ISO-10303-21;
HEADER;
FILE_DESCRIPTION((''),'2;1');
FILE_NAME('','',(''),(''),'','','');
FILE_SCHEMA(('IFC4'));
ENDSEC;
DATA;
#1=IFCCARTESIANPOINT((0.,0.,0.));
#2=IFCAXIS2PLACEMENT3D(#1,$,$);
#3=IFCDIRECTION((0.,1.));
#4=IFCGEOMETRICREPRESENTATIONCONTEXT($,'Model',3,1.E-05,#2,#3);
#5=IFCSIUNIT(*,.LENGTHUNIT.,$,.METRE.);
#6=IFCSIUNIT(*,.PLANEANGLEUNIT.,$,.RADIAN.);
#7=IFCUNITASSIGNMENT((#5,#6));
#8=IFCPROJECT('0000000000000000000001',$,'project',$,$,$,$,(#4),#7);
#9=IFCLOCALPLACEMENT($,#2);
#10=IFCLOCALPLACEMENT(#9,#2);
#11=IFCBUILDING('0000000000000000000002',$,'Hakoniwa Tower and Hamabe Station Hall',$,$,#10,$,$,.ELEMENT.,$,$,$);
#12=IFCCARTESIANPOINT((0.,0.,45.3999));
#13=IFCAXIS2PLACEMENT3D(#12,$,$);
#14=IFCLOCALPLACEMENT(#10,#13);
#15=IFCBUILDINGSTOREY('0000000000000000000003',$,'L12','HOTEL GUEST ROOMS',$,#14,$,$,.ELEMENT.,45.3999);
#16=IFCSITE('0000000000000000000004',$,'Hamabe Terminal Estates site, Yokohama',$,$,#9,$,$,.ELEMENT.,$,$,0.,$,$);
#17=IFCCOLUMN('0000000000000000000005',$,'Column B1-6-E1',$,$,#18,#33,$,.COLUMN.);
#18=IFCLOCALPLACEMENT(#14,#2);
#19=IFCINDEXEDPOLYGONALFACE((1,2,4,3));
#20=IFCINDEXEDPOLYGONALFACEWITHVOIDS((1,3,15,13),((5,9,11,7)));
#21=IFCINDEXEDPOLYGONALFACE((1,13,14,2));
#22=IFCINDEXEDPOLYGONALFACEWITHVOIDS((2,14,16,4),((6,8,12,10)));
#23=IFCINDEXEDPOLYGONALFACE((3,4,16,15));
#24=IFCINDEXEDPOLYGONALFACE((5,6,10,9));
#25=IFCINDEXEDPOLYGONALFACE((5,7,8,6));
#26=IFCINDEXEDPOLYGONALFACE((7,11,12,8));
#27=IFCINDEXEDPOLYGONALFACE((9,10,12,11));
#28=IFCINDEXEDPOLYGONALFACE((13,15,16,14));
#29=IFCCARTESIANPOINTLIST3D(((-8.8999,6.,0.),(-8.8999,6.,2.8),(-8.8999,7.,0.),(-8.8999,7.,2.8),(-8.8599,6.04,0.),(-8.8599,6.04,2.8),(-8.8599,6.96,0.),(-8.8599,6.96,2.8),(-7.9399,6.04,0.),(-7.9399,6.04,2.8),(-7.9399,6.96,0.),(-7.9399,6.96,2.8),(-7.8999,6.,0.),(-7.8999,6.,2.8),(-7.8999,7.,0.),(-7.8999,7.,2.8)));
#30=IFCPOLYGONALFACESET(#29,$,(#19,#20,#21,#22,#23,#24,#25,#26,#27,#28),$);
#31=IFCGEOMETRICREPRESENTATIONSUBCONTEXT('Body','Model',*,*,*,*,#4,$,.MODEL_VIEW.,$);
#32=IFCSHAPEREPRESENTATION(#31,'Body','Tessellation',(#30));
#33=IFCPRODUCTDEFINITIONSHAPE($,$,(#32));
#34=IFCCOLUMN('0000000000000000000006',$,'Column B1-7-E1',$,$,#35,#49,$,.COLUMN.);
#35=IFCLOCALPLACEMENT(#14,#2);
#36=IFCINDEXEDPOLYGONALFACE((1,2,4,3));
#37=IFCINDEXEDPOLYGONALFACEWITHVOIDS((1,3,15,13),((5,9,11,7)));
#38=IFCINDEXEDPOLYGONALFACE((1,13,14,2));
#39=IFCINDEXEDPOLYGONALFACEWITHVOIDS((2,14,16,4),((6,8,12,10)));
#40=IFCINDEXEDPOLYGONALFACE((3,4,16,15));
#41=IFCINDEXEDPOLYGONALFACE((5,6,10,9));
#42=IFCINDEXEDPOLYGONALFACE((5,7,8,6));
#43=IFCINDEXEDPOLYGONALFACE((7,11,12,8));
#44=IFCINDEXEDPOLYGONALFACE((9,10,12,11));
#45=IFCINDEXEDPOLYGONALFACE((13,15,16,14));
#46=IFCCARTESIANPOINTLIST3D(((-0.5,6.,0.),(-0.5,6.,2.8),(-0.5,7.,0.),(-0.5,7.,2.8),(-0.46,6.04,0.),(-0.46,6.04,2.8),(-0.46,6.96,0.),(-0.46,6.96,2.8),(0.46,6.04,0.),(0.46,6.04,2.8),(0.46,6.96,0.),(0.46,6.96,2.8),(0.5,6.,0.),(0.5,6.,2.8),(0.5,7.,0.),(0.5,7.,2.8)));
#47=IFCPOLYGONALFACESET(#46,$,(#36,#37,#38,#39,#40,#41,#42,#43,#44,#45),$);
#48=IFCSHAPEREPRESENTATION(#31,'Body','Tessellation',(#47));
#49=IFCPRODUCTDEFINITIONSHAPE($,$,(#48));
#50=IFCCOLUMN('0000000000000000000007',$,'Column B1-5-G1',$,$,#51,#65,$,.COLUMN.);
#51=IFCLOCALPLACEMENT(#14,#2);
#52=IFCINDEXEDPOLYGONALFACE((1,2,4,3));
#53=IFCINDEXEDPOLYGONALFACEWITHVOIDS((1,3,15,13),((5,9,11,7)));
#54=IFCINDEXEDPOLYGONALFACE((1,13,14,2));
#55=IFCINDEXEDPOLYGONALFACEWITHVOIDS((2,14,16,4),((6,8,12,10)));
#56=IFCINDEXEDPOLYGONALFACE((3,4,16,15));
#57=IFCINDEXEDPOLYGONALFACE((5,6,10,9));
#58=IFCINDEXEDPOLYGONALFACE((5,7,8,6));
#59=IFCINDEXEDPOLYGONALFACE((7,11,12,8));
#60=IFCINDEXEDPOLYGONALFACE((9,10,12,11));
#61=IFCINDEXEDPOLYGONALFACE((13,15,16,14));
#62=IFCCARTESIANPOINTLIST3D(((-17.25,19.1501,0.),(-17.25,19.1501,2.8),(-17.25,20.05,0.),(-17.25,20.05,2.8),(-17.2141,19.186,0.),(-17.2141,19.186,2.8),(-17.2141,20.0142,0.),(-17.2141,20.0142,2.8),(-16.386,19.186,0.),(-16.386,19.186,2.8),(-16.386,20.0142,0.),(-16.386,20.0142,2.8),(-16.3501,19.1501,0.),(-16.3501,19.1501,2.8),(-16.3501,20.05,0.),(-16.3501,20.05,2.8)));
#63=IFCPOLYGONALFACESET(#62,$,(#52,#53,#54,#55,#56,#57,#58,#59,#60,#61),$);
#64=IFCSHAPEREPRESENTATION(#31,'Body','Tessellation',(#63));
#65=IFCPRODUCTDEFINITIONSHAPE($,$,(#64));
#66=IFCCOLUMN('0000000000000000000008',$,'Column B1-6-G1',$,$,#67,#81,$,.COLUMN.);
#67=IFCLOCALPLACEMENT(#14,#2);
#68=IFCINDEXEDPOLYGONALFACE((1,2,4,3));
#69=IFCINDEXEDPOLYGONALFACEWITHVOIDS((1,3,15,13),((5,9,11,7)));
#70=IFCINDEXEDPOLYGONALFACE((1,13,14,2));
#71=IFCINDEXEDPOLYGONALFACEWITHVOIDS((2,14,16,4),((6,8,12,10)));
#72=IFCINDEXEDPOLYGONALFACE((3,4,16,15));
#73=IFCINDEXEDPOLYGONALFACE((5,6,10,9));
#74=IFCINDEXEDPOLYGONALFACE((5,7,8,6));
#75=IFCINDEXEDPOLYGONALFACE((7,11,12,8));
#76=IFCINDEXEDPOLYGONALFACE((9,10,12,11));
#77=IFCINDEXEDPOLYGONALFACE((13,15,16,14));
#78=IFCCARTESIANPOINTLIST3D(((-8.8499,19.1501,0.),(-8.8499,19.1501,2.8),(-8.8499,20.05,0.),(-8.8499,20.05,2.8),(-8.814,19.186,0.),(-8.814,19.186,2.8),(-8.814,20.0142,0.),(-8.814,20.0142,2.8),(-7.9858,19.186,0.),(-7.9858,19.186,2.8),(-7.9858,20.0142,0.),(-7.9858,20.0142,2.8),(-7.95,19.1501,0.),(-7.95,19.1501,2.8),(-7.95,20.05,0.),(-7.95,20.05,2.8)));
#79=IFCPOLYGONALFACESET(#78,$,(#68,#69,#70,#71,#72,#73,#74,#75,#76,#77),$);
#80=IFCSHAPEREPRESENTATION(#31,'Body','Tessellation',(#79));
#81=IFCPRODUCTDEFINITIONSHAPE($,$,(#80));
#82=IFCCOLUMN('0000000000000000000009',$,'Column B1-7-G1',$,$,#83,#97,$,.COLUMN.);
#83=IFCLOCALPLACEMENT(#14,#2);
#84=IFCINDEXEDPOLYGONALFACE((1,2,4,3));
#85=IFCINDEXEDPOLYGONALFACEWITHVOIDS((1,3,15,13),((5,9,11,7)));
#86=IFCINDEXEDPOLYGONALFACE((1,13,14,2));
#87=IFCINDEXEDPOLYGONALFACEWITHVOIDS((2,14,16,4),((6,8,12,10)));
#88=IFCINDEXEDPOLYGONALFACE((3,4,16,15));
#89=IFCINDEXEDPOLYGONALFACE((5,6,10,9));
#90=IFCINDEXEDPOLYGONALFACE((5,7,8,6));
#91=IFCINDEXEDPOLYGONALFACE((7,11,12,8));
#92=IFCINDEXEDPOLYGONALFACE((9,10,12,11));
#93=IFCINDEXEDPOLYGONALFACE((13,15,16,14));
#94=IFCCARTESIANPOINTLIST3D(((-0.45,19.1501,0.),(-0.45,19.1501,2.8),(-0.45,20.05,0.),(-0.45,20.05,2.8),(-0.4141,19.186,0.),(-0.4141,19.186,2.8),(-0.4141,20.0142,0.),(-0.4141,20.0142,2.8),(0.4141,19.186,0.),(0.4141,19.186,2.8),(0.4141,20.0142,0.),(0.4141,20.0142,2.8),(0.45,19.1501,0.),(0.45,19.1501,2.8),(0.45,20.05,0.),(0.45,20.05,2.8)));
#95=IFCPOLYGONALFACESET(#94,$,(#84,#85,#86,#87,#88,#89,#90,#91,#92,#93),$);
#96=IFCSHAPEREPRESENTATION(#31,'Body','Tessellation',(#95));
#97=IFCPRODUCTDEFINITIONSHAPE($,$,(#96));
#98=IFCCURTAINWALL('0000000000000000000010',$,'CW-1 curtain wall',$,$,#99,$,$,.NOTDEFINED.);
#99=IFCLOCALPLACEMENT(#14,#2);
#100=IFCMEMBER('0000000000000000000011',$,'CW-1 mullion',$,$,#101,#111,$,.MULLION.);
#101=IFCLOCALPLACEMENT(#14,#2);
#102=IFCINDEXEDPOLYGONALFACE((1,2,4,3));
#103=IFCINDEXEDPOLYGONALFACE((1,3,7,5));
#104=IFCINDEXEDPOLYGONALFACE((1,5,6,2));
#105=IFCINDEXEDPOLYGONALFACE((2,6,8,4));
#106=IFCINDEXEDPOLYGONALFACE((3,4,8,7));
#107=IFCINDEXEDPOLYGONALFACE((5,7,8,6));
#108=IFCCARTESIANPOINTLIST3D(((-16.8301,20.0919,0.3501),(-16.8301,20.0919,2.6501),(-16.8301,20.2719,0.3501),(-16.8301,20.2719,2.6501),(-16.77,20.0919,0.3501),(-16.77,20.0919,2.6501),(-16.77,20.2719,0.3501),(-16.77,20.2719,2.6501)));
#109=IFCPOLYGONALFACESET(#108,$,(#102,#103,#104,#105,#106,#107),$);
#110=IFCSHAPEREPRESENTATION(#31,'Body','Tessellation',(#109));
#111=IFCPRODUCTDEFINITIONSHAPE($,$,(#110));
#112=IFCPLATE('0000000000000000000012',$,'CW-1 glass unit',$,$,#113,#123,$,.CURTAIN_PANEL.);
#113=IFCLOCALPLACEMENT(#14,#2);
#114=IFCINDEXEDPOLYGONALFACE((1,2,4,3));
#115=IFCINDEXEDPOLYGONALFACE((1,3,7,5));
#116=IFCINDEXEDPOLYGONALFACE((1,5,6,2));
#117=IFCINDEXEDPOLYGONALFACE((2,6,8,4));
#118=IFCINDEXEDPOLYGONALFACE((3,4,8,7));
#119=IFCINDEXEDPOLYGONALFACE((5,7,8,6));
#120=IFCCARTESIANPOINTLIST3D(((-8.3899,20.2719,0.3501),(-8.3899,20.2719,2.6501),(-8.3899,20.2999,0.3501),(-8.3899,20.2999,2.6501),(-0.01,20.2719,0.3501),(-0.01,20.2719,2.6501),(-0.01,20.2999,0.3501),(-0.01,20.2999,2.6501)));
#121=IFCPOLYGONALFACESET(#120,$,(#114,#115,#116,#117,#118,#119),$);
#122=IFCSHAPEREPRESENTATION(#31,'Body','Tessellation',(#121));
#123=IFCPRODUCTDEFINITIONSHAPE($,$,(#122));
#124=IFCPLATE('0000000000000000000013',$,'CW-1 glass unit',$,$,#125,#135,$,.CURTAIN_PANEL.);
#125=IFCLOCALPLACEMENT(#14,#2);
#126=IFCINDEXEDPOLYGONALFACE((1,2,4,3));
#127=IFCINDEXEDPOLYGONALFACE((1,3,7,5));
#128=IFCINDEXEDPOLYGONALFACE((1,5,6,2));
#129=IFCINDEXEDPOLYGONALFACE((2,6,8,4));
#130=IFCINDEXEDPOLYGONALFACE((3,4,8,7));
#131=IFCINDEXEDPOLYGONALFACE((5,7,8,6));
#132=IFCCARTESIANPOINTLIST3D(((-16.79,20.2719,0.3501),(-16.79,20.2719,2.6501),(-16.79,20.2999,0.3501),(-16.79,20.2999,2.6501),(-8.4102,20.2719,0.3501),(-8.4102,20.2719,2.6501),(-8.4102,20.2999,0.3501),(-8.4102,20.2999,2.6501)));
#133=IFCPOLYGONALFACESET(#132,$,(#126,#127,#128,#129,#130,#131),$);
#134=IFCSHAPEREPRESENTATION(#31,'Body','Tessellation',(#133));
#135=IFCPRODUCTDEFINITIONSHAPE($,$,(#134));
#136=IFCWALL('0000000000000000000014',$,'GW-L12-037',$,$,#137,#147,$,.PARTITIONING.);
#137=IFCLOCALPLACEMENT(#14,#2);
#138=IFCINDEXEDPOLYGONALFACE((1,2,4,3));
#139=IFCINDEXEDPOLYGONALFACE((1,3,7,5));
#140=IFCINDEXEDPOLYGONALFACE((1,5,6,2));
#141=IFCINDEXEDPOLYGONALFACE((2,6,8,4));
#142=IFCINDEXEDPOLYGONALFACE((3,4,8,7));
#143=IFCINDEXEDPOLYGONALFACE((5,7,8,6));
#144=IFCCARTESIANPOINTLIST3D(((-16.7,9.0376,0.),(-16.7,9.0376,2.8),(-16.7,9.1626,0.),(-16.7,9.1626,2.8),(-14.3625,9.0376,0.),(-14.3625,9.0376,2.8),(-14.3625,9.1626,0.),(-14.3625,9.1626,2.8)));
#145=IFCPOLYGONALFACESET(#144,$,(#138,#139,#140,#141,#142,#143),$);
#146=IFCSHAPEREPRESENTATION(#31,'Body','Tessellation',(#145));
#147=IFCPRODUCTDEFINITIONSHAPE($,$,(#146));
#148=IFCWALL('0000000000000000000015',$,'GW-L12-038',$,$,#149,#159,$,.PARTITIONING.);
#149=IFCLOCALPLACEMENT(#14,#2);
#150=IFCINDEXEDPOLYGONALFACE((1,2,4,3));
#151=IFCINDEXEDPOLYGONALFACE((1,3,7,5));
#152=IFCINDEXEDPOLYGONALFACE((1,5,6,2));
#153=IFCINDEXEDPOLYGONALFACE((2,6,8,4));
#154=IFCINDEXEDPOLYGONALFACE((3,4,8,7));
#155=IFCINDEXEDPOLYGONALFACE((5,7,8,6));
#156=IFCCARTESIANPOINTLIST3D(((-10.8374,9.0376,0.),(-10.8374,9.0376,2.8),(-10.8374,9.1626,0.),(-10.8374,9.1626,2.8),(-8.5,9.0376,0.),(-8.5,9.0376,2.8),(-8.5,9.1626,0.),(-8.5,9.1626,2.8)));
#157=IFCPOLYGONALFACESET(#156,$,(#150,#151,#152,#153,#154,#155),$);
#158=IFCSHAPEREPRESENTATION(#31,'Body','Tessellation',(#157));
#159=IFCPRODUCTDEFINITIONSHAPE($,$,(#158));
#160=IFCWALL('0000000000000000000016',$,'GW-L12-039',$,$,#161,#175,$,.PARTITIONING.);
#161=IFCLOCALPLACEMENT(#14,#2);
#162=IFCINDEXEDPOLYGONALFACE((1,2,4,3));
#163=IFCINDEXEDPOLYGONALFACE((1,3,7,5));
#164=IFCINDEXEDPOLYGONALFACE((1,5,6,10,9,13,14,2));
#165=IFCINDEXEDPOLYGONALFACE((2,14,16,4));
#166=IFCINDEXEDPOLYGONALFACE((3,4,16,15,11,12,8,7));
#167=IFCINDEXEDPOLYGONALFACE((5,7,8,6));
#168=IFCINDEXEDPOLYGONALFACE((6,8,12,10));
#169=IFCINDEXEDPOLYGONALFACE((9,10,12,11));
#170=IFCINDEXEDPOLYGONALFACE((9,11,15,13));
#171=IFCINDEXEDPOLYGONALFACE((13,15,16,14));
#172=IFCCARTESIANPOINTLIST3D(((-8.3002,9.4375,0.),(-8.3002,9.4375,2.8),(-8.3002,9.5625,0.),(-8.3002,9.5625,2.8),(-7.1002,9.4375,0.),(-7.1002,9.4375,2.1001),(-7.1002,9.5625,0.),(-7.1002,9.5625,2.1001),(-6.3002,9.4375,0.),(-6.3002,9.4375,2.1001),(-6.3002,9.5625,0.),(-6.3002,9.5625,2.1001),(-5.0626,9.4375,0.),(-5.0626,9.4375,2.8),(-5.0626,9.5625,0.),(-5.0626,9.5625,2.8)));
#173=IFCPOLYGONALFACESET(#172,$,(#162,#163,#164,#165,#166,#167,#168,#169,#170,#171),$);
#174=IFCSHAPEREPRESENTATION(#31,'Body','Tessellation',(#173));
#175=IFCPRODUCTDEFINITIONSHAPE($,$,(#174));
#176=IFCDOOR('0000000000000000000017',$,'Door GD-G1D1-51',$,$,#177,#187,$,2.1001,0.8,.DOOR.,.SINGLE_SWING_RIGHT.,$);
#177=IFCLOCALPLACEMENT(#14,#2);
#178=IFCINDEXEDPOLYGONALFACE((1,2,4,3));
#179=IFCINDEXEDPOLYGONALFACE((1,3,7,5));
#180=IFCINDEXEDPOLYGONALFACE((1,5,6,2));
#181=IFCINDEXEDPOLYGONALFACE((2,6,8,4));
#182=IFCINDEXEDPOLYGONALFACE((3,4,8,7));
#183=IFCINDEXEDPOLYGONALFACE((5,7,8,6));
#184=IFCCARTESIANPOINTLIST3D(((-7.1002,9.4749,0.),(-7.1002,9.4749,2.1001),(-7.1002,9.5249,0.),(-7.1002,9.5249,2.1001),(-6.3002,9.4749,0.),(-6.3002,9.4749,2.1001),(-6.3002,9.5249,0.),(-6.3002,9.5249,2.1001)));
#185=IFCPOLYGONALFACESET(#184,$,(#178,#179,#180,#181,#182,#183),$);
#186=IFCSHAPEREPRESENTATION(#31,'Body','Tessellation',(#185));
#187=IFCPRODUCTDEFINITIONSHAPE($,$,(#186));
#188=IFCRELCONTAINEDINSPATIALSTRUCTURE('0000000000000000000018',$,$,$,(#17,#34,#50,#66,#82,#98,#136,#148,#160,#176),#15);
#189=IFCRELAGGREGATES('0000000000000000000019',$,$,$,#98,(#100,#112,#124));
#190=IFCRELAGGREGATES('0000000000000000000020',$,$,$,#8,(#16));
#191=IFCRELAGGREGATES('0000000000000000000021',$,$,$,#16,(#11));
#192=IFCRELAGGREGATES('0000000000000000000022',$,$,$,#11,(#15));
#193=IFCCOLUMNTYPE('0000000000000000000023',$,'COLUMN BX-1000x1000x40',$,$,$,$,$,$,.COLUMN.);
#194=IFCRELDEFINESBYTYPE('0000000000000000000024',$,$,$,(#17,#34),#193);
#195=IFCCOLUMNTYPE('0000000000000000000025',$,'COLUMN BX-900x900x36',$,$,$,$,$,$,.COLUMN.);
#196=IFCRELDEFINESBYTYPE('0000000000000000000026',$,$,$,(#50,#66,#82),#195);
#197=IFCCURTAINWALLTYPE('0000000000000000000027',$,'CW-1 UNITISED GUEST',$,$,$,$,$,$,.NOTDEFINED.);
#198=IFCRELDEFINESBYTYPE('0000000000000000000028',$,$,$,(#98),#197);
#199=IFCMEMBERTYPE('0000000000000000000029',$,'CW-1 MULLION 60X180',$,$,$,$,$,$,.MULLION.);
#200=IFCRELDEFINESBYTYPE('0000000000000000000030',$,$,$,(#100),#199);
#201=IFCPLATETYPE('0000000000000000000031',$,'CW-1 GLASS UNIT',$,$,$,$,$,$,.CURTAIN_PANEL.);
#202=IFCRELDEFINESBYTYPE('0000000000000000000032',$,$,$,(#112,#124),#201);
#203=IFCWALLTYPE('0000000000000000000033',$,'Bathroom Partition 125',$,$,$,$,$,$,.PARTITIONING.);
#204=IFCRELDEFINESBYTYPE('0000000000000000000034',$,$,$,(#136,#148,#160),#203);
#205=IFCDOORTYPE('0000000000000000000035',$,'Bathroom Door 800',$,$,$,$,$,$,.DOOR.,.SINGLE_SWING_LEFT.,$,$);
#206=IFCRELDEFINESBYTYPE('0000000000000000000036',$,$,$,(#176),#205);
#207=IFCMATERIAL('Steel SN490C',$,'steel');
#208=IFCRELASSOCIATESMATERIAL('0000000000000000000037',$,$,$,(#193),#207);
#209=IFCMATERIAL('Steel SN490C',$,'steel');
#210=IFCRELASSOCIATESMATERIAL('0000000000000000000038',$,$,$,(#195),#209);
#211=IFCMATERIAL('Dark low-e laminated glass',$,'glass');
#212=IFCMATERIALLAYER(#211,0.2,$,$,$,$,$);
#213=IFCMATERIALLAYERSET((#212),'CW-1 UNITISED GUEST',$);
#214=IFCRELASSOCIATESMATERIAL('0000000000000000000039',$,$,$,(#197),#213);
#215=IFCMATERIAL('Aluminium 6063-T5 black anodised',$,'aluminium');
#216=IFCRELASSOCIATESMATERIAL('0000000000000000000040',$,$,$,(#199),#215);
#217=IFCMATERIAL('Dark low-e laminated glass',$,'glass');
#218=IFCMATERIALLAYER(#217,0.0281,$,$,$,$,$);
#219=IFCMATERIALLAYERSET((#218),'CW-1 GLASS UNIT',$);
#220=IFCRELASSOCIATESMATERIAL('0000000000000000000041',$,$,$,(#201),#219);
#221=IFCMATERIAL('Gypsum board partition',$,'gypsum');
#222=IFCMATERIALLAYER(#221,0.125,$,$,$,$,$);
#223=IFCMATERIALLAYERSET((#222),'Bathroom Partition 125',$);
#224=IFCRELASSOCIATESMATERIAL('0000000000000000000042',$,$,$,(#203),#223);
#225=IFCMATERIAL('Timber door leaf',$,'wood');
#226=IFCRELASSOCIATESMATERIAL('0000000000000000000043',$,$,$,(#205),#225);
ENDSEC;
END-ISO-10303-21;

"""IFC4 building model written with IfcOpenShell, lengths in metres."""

from ifc_helpers import new_model, si_unit, direction, frame, frame_2d, origin, origin_2d, place, context, subcontext, project, spatial, rectangle, hollow_rectangle, extrude, material, layer, layer_set, material_profile, profile_set, type_object, element, fill, aggregate, save


model = new_model("IFC4")

# Units and contexts
model_context = context("Model", 3, precision=1e-05, world=origin(), true_north=direction((0.0, 1.0)))
body_context = subcontext(model_context, "Body", "Model", "MODEL_VIEW")
ifc_project = project(units=[si_unit("LENGTHUNIT", "METRE"), si_unit("PLANEANGLEUNIT", "RADIAN")], contexts=[model_context])

# Site, building, storey
site_placement = place(None, origin())
site = spatial("IfcSite", under=ifc_project, at=site_placement, Name="Hamabe Terminal Estates site, Yokohama", CompositionType="ELEMENT", RefElevation=0.0)
building_placement = place(site_placement, origin())
building = spatial("IfcBuilding", under=site, at=building_placement, Name="Hakoniwa Tower and Hamabe Station Hall", CompositionType="ELEMENT")
storey_placement = place(building_placement, frame((0.0, 0.0, 45.3999)))
storey = spatial("IfcBuildingStorey", under=building, at=storey_placement, Name="L12", Description="HOTEL GUEST ROOMS", CompositionType="ELEMENT", Elevation=45.3999)

# Columns
ifc_material_1 = material(Name="Steel SN490C", Category="steel")
ifc_material_profile_1 = material_profile(ifc_material_1, hollow_rectangle(XDim=1.0, YDim=1.0, WallThickness=0.04, at=origin_2d()), Name="BX-1000x1000x40")
ifc_profile_set_1 = profile_set([ifc_material_profile_1], Name="Steel SN490C")
column_type_1 = type_object("IfcColumnType", Name="COLUMN BX-1000x1000x40", PredefinedType="COLUMN", material=ifc_profile_set_1)
for number, where, z_axis, x_axis, name in (
    (1, (-8.3999, 6.5, 0.0), (0.0, 0.0, 1.0), (1.0, 0.0, 0.0), "Column B1-6-E1"),
    (2, (0.0, 6.5, 0.0), (0.0, 0.0, 1.0), (1.0, 0.0, 0.0), "Column B1-7-E1"),
):
    element("IfcColumn", number, at=place(storey_placement, frame(where, z_axis=z_axis, x_axis=x_axis)), inside=storey, type_object=column_type_1, Name=name, PredefinedType="COLUMN", context=body_context, shape_type="SweptSolid", body=[
        extrude(hollow_rectangle(XDim=1.0, YDim=1.0, WallThickness=0.04, at=origin_2d()), origin(), (0.0, 0.0, 1.0), 2.8),
    ])
ifc_material_2 = material(Name="Steel SN490C", Category="steel")
ifc_material_profile_2 = material_profile(ifc_material_2, hollow_rectangle(XDim=0.8999, YDim=0.8999, WallThickness=0.0359, at=origin_2d()), Name="BX-900x900x36")
ifc_profile_set_2 = profile_set([ifc_material_profile_2], Name="Steel SN490C")
column_type_2 = type_object("IfcColumnType", Name="COLUMN BX-900x900x36", PredefinedType="COLUMN", material=ifc_profile_set_2)
for number, where, z_axis, x_axis, name in (
    (3, (-16.8, 19.6001, 0.0), (0.0, 0.0, 1.0), (1.0, 0.0, 0.0), "Column B1-5-G1"),
    (4, (-8.3999, 19.6001, 0.0), (0.0, 0.0, 1.0), (1.0, 0.0, 0.0), "Column B1-6-G1"),
    (5, (0.0, 19.6001, 0.0), (0.0, 0.0, 1.0), (1.0, 0.0, 0.0), "Column B1-7-G1"),
):
    element("IfcColumn", number, at=place(storey_placement, frame(where, z_axis=z_axis, x_axis=x_axis)), inside=storey, type_object=column_type_2, Name=name, PredefinedType="COLUMN", context=body_context, shape_type="SweptSolid", body=[
        extrude(hollow_rectangle(XDim=0.8999, YDim=0.8999, WallThickness=0.0359, at=origin_2d()), origin(), (0.0, 0.0, 1.0), 2.8),
    ])

# Curtain wall, member, plates
ifc_material_3 = material(Name="Dark low-e laminated glass", Category="glass")
ifc_layer_1 = layer(ifc_material_3, 0.2)
ifc_layer_set_1 = layer_set([ifc_layer_1], Name="CW-1 UNITISED GUEST")
curtain_wall_type = type_object("IfcCurtainWallType", Name="CW-1 UNITISED GUEST", PredefinedType="NOTDEFINED", material=ifc_layer_set_1)
curtain_wall_placement = place(storey_placement, origin())
curtain_wall = element("IfcCurtainWall", 6, at=curtain_wall_placement, inside=storey, type_object=curtain_wall_type, Name="CW-1 curtain wall", PredefinedType="NOTDEFINED")
ifc_material_4 = material(Name="Aluminium 6063-T5 black anodised", Category="aluminium")
ifc_material_profile_3 = material_profile(ifc_material_4, rectangle(XDim=0.0601, YDim=0.1799, at=origin_2d()), Name="CW-1 MULLION 60X180")
ifc_profile_set_3 = profile_set([ifc_material_profile_3], Name="Aluminium 6063-T5 black anodised")
member_type = type_object("IfcMemberType", Name="CW-1 MULLION 60X180", PredefinedType="MULLION", material=ifc_profile_set_3)
member_placement = place(storey_placement, frame((-16.8, 20.1819, 0.3501), z_axis=(0.0, 0.0, 1.0), x_axis=(-1.0, 0.0, 0.0)))
member = element("IfcMember", 7, at=member_placement, type_object=member_type, Name="CW-1 mullion", PredefinedType="MULLION", context=body_context, shape_type="SweptSolid", body=[
    extrude(rectangle(XDim=0.0601, YDim=0.1799, at=origin_2d()), origin(), (0.0, 0.0, 1.0), 2.3),
])
ifc_material_5 = material(Name="Dark low-e laminated glass", Category="glass")
ifc_layer_2 = layer(ifc_material_5, 0.0281)
ifc_layer_set_2 = layer_set([ifc_layer_2], Name="CW-1 GLASS UNIT")
plate_type = type_object("IfcPlateType", Name="CW-1 GLASS UNIT", PredefinedType="CURTAIN_PANEL", material=ifc_layer_set_2)
plate_1_placement = place(storey_placement, frame((-4.2, 20.2859, 0.3501), z_axis=(0.0, 0.0, 1.0), x_axis=(-1.0, 0.0, 0.0)))
plate_1 = element("IfcPlate", 8, at=plate_1_placement, type_object=plate_type, Name="CW-1 glass unit", PredefinedType="CURTAIN_PANEL", context=body_context, shape_type="SweptSolid", body=[
    extrude(rectangle(XDim=8.3799, YDim=0.0281, at=origin_2d()), origin(), (0.0, 0.0, 1.0), 2.3),
])
plate_2_placement = place(storey_placement, frame((-12.6001, 20.2859, 0.3501), z_axis=(0.0, 0.0, 1.0), x_axis=(-1.0, 0.0, 0.0)))
plate_2 = element("IfcPlate", 9, at=plate_2_placement, type_object=plate_type, Name="CW-1 glass unit", PredefinedType="CURTAIN_PANEL", context=body_context, shape_type="SweptSolid", body=[
    extrude(rectangle(XDim=8.3799, YDim=0.0281, at=origin_2d()), origin(), (0.0, 0.0, 1.0), 2.3),
])
aggregate(curtain_wall, [member, plate_1, plate_2])

# Walls
ifc_material_6 = material(Name="Gypsum board partition", Category="gypsum")
ifc_layer_3 = layer(ifc_material_6, 0.125)
ifc_layer_set_3 = layer_set([ifc_layer_3], Name="Bathroom Partition 125")
wall_type_1 = type_object("IfcWallType", Name="Bathroom Partition 125", PredefinedType="PARTITIONING", material=ifc_layer_set_3)
for number, where, z_axis, x_axis, name in (
    (10, (-16.7, 9.1001, 0.0), (0.0, 0.0, 1.0), (1.0, 0.0, 0.0), "GW-L12-037"),
    (11, (-10.8374, 9.1001, 0.0), (0.0, 0.0, 1.0), (1.0, 0.0, 0.0), "GW-L12-038"),
):
    element("IfcWall", number, at=place(storey_placement, frame(where, z_axis=z_axis, x_axis=x_axis)), inside=storey, type_object=wall_type_1, Name=name, PredefinedType="PARTITIONING", context=body_context, shape_type="SweptSolid", body=[
        extrude(rectangle(XDim=2.3374, YDim=0.125, at=frame_2d((1.1687, 0.0))), origin(), (0.0, 0.0, 1.0), 2.8),
    ])

# Wall, opening, door
wall_1_placement = place(storey_placement, frame((-8.3, 9.5, 0.0), z_axis=(0.0, 0.0, 1.0), x_axis=(1.0, 0.0, 0.0)))
wall_1 = element("IfcWall", 12, at=wall_1_placement, inside=storey, type_object=wall_type_1, Name="GW-L12-039", PredefinedType="PARTITIONING", context=body_context, shape_type="SweptSolid", body=[
    extrude(rectangle(XDim=3.2375, YDim=0.125, at=frame_2d((1.6187, 0.0))), origin(), (0.0, 0.0, 1.0), 2.8),
])
opening_1_placement = place(wall_1_placement, frame((1.2, 0.0, 0.0)))
opening_1 = element("IfcOpeningElement", 13, at=opening_1_placement, cuts=wall_1, PredefinedType="OPENING", context=body_context, shape_type="SweptSolid", body=[
    extrude(rectangle(XDim=0.8, YDim=2.1001, at=frame_2d((0.3999, 1.05))), frame((0.0, 0.0725, 0.0), z_axis=(0.0, -1.0, 0.0), x_axis=(1.0, 0.0, 0.0)), (0.0, 0.0, 1.0), 0.145),
])
ifc_material_7 = material(Name="Timber door leaf", Category="wood")
door_type_1 = type_object("IfcDoorType", Name="Bathroom Door 800", OperationType="SINGLE_SWING_LEFT", PredefinedType="DOOR", material=ifc_material_7)
door_1_placement = place(opening_1_placement, origin())
door_1 = element("IfcDoor", 14, at=door_1_placement, inside=storey, type_object=door_type_1, Name="Door GD-G1D1-51", OperationType="SINGLE_SWING_RIGHT", OverallHeight=2.1001, OverallWidth=0.8, PredefinedType="DOOR", context=body_context, shape_type="SweptSolid", body=[
    extrude(rectangle(XDim=0.8, YDim=2.1001, at=frame_2d((0.3999, 1.05))), frame((0.0, 0.0249, 0.0), z_axis=(0.0, -1.0, 0.0), x_axis=(1.0, 0.0, 0.0)), (0.0, 0.0, 1.0), 0.05),
])
fill(opening_1, door_1)

save(model, "model.ifc")
